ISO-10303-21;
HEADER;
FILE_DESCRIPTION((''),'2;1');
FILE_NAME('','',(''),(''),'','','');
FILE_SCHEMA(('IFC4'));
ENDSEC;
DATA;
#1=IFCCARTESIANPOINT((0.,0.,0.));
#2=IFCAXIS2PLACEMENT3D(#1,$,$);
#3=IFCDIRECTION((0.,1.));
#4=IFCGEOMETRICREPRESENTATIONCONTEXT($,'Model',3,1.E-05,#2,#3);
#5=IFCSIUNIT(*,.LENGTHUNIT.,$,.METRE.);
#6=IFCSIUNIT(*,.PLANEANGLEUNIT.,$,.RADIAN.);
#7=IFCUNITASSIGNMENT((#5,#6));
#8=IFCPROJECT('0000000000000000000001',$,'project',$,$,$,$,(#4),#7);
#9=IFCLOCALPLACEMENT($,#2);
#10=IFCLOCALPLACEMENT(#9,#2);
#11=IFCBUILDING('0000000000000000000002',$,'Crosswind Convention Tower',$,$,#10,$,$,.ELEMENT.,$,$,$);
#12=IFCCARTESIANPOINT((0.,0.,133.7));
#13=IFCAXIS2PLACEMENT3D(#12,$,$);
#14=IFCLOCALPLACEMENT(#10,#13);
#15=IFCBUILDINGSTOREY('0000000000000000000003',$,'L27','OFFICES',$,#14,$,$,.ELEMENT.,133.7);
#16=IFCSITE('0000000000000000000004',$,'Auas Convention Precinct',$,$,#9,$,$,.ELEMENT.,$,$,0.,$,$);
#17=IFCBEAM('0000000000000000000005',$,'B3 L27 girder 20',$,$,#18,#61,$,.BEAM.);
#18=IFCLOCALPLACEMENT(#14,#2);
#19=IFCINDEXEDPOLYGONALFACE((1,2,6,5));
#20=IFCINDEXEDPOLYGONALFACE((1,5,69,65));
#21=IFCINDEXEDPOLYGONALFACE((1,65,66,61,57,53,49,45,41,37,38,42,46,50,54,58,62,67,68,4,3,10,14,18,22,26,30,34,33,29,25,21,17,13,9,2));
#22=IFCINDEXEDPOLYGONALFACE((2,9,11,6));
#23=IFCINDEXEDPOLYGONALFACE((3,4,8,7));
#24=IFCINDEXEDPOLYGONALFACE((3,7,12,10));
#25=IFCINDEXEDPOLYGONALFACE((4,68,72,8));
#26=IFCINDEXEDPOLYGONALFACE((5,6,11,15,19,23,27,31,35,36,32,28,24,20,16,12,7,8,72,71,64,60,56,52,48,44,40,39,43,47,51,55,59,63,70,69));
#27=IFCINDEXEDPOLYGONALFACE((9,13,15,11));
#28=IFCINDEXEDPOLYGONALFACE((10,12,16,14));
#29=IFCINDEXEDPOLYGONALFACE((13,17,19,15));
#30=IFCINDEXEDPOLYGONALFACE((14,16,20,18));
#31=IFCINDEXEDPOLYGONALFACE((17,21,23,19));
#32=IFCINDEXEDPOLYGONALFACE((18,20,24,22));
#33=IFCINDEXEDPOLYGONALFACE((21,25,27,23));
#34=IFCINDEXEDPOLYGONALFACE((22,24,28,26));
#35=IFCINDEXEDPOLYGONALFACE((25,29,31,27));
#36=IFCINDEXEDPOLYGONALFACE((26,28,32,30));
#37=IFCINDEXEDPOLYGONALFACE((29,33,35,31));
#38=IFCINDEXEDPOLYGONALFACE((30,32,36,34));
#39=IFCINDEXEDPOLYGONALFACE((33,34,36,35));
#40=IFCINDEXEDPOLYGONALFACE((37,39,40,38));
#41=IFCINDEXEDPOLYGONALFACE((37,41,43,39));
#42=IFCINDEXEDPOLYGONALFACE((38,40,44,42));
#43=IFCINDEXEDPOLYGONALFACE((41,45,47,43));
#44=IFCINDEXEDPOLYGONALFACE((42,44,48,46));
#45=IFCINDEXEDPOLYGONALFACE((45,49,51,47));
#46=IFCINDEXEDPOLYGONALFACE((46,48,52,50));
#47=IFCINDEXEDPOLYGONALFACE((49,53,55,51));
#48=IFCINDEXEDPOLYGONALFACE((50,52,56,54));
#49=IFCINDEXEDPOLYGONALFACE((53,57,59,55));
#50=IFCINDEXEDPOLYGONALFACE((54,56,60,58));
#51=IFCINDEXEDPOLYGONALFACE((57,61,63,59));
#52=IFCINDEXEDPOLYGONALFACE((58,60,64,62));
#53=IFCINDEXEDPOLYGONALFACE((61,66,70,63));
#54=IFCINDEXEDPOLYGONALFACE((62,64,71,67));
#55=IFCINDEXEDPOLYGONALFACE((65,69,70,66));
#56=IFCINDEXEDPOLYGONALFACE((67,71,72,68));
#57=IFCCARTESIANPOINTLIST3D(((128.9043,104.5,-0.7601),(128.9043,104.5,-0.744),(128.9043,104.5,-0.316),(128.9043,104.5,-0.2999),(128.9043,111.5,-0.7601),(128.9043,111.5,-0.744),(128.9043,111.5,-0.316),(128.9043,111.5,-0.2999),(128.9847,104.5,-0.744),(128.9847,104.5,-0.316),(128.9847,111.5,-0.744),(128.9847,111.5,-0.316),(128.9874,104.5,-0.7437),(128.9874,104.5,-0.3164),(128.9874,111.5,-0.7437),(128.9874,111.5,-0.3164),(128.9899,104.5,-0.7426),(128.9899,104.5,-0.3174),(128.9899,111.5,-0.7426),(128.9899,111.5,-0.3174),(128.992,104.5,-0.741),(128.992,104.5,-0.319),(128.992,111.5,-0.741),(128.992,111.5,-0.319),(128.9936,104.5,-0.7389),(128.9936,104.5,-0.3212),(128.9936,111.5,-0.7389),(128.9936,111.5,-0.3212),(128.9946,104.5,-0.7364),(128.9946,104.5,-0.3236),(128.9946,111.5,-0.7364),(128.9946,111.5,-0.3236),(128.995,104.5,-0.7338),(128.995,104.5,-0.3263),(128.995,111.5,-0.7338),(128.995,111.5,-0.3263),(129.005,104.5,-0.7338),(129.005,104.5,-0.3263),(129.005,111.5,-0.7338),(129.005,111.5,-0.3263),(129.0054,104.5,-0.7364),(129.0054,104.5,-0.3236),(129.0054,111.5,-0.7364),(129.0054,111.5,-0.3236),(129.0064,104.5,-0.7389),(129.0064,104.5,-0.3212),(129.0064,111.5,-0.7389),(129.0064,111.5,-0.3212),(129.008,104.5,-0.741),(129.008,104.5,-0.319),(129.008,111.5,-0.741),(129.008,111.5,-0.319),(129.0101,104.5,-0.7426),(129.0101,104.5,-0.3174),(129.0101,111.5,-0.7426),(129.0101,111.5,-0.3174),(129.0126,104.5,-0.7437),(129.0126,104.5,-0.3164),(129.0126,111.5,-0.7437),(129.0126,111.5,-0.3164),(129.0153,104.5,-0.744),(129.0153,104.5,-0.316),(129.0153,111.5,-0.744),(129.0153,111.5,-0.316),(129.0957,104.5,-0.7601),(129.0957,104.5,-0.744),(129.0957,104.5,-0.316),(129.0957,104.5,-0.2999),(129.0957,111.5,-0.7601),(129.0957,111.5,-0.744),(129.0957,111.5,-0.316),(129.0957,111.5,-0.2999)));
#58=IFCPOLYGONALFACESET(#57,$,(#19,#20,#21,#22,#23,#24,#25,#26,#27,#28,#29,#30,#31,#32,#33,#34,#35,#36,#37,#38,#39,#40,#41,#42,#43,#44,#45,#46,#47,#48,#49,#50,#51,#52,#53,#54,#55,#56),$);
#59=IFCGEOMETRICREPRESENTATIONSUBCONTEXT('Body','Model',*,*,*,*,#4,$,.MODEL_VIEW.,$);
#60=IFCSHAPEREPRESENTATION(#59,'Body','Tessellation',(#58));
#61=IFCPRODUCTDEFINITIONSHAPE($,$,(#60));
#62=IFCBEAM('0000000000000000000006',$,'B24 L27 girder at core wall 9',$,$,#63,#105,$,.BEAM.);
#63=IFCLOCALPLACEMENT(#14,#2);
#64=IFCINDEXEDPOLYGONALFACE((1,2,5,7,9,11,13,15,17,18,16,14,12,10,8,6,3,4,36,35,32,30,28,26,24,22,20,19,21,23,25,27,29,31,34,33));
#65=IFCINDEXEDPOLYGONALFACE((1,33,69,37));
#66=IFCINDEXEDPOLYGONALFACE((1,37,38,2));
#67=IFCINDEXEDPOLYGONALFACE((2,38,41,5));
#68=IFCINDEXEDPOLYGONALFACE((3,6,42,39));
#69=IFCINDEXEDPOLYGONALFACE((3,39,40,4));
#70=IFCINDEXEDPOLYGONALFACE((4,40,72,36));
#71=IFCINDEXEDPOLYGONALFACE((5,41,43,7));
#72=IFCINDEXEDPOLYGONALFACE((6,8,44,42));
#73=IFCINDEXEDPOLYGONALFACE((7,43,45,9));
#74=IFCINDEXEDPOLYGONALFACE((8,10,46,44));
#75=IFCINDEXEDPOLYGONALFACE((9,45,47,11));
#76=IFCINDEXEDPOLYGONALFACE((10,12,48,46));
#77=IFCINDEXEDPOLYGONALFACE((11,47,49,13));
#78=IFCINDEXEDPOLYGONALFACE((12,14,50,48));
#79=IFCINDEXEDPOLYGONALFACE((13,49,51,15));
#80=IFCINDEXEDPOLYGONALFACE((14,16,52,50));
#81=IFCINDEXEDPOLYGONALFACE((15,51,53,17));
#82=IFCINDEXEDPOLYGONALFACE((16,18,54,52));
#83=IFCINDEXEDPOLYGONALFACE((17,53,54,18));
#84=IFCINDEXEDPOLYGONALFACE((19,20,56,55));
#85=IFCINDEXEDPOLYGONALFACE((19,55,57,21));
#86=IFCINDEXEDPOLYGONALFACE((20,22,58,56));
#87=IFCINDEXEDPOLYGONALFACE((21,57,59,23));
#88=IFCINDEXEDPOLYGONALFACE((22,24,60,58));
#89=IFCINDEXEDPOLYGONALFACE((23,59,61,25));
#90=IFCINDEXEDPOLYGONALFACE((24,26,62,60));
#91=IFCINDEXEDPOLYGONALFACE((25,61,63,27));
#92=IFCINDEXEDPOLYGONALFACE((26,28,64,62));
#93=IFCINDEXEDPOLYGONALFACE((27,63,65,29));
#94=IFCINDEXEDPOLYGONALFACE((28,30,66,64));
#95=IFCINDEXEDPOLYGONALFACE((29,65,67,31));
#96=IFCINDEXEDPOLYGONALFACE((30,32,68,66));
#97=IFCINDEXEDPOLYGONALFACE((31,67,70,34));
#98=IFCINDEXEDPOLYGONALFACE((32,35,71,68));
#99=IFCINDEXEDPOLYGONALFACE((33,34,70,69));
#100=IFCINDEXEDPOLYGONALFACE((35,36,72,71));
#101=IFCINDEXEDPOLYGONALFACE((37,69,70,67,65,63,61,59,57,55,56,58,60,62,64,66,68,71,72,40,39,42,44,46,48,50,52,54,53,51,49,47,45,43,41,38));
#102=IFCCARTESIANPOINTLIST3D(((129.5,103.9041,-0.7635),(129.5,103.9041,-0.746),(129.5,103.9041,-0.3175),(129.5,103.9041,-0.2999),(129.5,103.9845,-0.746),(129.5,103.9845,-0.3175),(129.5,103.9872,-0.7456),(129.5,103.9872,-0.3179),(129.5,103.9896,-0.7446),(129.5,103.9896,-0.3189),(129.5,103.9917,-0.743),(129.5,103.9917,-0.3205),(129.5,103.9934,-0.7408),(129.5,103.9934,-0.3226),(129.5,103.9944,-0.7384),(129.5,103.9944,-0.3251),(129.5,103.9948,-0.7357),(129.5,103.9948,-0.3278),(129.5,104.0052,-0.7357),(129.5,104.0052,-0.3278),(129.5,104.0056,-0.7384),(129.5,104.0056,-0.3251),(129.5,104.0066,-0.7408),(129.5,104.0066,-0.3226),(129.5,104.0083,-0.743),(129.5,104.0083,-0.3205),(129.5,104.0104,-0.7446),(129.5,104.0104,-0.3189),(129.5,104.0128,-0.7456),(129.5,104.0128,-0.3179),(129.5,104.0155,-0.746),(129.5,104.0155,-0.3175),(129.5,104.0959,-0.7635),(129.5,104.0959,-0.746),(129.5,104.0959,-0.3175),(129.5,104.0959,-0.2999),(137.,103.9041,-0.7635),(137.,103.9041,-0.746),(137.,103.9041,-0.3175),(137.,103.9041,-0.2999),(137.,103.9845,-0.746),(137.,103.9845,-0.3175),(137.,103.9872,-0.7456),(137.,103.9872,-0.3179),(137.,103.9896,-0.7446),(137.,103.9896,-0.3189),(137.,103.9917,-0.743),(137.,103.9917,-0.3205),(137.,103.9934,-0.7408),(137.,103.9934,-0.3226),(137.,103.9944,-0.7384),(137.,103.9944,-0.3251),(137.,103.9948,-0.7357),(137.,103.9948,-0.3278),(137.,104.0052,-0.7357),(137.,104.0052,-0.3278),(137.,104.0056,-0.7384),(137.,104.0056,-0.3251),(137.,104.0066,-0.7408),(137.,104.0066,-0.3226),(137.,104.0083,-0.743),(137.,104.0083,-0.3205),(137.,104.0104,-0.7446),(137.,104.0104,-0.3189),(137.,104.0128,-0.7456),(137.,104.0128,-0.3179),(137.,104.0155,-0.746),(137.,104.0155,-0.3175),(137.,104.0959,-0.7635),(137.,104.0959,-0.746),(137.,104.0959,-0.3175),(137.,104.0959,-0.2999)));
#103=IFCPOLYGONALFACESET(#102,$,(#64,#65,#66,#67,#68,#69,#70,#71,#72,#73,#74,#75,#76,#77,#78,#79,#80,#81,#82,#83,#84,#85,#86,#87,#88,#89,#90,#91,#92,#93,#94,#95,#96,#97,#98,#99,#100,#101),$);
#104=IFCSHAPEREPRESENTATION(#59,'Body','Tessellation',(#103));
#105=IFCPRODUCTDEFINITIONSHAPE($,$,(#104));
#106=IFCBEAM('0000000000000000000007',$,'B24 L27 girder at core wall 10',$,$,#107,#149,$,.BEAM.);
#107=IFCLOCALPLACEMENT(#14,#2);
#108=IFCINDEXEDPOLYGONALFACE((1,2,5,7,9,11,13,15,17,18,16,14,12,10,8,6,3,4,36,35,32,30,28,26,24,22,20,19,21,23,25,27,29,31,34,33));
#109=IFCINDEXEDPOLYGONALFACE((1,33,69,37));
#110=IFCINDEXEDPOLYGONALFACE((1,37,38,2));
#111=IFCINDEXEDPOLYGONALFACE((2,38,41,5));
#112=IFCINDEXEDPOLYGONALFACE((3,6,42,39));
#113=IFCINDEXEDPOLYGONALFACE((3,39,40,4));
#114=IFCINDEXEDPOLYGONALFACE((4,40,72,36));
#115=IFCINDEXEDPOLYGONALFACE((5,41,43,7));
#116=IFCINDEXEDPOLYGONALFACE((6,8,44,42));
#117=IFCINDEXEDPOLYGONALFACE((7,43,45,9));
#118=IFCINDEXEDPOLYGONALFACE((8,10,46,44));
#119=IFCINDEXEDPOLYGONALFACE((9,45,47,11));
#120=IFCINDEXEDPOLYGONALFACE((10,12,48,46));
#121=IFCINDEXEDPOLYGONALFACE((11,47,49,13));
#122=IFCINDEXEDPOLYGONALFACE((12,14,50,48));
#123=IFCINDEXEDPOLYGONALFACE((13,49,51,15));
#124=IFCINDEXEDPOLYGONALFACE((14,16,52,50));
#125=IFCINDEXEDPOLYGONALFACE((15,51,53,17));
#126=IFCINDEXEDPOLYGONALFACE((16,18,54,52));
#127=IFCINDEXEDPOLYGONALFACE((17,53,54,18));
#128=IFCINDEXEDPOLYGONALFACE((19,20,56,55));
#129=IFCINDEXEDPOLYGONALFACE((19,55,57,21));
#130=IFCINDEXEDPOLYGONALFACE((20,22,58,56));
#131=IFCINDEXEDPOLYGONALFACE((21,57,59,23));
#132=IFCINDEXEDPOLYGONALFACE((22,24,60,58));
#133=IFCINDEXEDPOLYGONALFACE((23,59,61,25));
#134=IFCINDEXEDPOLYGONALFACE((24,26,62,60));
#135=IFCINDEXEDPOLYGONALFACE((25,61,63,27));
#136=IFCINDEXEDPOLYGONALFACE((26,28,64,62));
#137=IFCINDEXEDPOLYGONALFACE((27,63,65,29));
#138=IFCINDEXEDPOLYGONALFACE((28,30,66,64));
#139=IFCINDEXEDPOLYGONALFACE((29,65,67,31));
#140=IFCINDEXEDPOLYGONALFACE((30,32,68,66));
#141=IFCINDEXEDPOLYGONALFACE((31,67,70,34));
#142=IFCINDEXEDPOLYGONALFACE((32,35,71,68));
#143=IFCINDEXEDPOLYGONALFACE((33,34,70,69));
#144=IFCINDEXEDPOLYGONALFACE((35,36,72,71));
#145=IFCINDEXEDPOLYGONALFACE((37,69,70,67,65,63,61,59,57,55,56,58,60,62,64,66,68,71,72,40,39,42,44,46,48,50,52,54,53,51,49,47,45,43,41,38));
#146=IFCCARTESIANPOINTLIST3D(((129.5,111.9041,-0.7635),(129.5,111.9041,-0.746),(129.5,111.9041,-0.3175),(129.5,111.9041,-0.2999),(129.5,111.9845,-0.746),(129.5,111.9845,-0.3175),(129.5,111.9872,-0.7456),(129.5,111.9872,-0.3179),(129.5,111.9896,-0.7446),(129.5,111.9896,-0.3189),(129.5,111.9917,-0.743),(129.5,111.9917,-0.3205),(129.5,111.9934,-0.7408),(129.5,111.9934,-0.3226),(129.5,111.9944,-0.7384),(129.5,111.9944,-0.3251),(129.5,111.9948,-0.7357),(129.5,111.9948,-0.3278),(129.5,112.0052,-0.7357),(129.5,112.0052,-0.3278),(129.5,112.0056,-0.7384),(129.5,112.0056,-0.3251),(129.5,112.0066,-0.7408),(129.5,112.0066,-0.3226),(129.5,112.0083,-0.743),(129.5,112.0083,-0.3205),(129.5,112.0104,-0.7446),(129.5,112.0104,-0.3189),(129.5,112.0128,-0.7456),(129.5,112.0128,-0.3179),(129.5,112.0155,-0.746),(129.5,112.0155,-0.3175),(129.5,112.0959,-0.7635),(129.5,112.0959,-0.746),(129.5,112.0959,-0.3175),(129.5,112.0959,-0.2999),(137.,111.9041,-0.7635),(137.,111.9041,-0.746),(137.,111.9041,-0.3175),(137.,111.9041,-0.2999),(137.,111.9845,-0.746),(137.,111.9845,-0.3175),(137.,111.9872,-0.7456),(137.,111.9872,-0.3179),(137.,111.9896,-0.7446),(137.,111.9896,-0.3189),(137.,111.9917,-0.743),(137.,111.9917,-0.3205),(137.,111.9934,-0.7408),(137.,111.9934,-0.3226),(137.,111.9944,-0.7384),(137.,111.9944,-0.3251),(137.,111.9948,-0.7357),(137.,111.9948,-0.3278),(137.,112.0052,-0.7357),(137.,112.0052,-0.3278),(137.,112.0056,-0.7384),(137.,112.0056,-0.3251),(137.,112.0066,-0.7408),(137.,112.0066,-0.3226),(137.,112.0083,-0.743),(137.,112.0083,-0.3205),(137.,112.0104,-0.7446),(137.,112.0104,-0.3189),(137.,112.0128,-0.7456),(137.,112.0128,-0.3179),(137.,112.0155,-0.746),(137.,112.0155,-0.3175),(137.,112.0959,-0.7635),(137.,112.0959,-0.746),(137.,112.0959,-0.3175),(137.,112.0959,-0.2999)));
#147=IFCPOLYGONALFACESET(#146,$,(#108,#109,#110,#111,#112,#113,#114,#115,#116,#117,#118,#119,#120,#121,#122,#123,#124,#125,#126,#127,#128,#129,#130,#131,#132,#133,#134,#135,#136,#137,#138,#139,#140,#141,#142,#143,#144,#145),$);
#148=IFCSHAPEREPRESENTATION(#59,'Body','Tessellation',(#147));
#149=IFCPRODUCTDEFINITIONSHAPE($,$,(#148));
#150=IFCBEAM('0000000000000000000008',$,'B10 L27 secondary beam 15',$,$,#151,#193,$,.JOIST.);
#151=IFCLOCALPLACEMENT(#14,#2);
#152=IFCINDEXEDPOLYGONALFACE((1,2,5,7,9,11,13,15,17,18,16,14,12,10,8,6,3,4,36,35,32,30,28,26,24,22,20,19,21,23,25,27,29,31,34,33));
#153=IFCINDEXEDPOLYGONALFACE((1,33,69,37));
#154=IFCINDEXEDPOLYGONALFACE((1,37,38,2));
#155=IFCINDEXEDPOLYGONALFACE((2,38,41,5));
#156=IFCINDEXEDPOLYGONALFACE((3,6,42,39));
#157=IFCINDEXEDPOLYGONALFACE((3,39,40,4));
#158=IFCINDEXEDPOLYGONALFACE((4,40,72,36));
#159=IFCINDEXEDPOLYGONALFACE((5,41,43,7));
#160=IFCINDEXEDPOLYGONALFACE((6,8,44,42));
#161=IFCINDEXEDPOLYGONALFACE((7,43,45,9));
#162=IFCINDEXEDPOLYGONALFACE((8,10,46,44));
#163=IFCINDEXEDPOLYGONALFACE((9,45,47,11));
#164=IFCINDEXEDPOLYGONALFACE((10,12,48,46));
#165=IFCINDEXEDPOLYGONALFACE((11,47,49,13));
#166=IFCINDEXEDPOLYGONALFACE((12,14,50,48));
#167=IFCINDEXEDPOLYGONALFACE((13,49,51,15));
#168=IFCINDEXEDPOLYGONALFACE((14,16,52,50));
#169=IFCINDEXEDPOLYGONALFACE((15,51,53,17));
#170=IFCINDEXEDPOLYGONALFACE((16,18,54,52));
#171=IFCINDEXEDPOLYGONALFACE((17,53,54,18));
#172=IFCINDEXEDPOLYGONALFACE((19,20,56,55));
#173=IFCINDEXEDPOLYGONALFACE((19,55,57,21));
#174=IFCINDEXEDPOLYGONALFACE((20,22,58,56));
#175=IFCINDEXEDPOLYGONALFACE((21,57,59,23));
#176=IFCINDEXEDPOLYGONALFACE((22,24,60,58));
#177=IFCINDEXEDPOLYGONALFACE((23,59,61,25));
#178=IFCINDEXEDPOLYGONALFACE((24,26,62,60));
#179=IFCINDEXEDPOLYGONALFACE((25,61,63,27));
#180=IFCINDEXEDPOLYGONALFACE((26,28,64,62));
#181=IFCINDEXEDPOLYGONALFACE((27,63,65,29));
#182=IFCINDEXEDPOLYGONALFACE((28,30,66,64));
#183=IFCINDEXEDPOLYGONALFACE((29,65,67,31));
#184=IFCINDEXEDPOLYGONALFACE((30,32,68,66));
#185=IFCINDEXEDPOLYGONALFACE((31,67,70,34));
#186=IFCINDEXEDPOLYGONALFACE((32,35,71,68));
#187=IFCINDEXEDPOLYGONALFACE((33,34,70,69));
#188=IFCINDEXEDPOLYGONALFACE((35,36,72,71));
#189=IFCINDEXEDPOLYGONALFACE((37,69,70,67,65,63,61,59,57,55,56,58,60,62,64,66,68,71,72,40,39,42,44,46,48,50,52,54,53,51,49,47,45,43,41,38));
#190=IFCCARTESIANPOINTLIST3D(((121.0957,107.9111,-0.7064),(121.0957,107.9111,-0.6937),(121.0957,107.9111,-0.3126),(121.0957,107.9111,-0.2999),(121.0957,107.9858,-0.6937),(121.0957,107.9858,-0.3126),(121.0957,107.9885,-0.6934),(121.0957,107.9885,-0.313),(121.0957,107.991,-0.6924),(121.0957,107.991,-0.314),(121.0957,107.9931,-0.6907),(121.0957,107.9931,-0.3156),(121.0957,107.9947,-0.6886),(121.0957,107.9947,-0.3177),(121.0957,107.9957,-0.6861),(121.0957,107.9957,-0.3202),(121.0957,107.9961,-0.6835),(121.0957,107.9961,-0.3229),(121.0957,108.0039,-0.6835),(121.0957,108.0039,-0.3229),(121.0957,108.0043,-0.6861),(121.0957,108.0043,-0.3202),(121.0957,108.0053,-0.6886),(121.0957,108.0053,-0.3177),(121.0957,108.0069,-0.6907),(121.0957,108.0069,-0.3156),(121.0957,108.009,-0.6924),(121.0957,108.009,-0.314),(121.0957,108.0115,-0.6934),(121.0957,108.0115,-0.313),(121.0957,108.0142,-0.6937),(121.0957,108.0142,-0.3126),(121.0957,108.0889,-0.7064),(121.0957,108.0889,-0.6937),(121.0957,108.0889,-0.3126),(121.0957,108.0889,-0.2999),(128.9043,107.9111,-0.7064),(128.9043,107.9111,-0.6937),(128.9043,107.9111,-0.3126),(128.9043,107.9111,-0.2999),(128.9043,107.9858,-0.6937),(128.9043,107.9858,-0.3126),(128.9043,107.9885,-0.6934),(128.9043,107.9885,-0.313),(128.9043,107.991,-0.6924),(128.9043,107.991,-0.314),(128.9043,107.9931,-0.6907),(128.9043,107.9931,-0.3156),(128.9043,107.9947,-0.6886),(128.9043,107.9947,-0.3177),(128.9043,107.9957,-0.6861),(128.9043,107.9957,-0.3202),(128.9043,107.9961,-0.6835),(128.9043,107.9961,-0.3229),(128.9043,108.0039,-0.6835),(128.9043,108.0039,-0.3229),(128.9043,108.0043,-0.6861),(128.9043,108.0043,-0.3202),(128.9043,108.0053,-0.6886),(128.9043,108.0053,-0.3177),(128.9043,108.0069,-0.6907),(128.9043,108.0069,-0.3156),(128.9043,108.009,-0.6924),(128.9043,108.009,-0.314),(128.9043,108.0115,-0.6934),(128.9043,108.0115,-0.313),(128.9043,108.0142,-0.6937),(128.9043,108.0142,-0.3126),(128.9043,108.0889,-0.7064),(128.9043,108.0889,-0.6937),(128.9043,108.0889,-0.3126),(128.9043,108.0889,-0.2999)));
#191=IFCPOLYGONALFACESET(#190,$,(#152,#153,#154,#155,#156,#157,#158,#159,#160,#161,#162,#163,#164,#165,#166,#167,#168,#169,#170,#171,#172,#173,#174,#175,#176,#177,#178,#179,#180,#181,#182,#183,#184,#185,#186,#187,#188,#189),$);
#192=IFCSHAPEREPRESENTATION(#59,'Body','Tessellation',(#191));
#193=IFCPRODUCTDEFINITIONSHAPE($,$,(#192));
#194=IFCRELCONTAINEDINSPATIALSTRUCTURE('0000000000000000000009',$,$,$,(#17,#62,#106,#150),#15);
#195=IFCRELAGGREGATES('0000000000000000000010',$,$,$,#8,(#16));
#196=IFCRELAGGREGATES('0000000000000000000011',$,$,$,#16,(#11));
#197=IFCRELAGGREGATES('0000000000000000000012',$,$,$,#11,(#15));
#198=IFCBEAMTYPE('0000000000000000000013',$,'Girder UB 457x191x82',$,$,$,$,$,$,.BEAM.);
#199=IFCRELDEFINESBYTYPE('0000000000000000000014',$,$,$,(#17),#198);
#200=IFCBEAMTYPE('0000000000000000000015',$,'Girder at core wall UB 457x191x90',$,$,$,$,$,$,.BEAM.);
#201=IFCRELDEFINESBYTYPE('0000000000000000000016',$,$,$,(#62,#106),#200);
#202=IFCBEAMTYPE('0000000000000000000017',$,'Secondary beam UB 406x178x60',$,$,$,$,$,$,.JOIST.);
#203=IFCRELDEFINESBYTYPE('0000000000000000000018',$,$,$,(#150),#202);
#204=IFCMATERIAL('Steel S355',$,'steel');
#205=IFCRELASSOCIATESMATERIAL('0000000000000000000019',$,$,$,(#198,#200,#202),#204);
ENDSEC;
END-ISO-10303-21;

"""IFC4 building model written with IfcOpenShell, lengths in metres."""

from ifc_helpers import new_model, si_unit, direction, frame, origin, origin_2d, place, context, subcontext, project, spatial, i_section, extrude, material, material_profile, profile_set, type_object, element, save


model = new_model("IFC4")

# Units and contexts
model_context = context("Model", 3, precision=1e-05, world=origin(), true_north=direction((0.0, 1.0)))
body_context = subcontext(model_context, "Body", "Model", "MODEL_VIEW")
ifc_project = project(units=[si_unit("LENGTHUNIT", "METRE"), si_unit("PLANEANGLEUNIT", "RADIAN")], contexts=[model_context])

# Site, building, storey
site_placement = place(None, origin())
site = spatial("IfcSite", under=ifc_project, at=site_placement, Name="Auas Convention Precinct", CompositionType="ELEMENT", RefElevation=0.0)
building_placement = place(site_placement, origin())
building = spatial("IfcBuilding", under=site, at=building_placement, Name="Crosswind Convention Tower", CompositionType="ELEMENT")
storey_placement = place(building_placement, frame((0.0, 0.0, 133.7)))
storey = spatial("IfcBuildingStorey", under=building, at=storey_placement, Name="L27", Description="OFFICES", CompositionType="ELEMENT", Elevation=133.7)

# Beams
ifc_material_1 = material(Name="Steel S355", Category="steel")
ifc_material_profile_1 = material_profile(ifc_material_1, i_section(OverallWidth=0.1914, OverallDepth=0.4602, WebThickness=0.01, FlangeThickness=0.0161, FilletRadius=0.0103, at=origin_2d()), Name="UB 457x191x82")
ifc_profile_set_1 = profile_set([ifc_material_profile_1], Name="Steel S355")
beam_type_1 = type_object("IfcBeamType", Name="Girder UB 457x191x82", PredefinedType="BEAM", material=ifc_profile_set_1)
for number, where, z_axis, x_axis, name in (
    (1, (129.0, 104.5, -0.53), (0.0, 1.0, 0.0), (-1.0, 0.0, 0.0), "B3 L27 girder 20"),
):
    element("IfcBeam", number, at=place(storey_placement, frame(where, z_axis=z_axis, x_axis=x_axis)), inside=storey, type_object=beam_type_1, Name=name, PredefinedType="BEAM", context=body_context, shape_type="SweptSolid", body=[
        extrude(i_section(OverallWidth=0.1914, OverallDepth=0.4602, WebThickness=0.01, FlangeThickness=0.0161, FilletRadius=0.0103, at=origin_2d()), origin(), (0.0, 0.0, 1.0), 7.0),
    ])
ifc_material_profile_2 = material_profile(ifc_material_1, i_section(OverallWidth=0.1919, OverallDepth=0.4636, WebThickness=0.0105, FlangeThickness=0.0176, FilletRadius=0.0103, at=origin_2d()), Name="UB 457x191x90")
ifc_profile_set_2 = profile_set([ifc_material_profile_2], Name="Steel S355")
beam_type_2 = type_object("IfcBeamType", Name="Girder at core wall UB 457x191x90", PredefinedType="BEAM", material=ifc_profile_set_2)
for number, where, z_axis, x_axis, name in (
    (2, (129.5, 104.0, -0.5317), (1.0, 0.0, 0.0), (0.0, 1.0, 0.0), "B24 L27 girder at core wall 9"),
    (3, (129.5, 112.0, -0.5317), (1.0, 0.0, 0.0), (0.0, 1.0, 0.0), "B24 L27 girder at core wall 10"),
):
    element("IfcBeam", number, at=place(storey_placement, frame(where, z_axis=z_axis, x_axis=x_axis)), inside=storey, type_object=beam_type_2, Name=name, PredefinedType="BEAM", context=body_context, shape_type="SweptSolid", body=[
        extrude(i_section(OverallWidth=0.1919, OverallDepth=0.4636, WebThickness=0.0105, FlangeThickness=0.0176, FilletRadius=0.0103, at=origin_2d()), origin(), (0.0, 0.0, 1.0), 7.5),
    ])
ifc_material_profile_3 = material_profile(ifc_material_1, i_section(OverallWidth=0.1777, OverallDepth=0.4065, WebThickness=0.0078, FlangeThickness=0.0127, FilletRadius=0.0103, at=origin_2d()), Name="UB 406x178x60")
ifc_profile_set_3 = profile_set([ifc_material_profile_3], Name="Steel S355")
beam_type_3 = type_object("IfcBeamType", Name="Secondary beam UB 406x178x60", PredefinedType="JOIST", material=ifc_profile_set_3)
beam_1_placement = place(storey_placement, frame((121.0957, 108.0, -0.5032), z_axis=(1.0, 0.0, 0.0), x_axis=(0.0, 1.0, 0.0)))
element("IfcBeam", 4, at=beam_1_placement, inside=storey, type_object=beam_type_3, Name="B10 L27 secondary beam 15", PredefinedType="JOIST", context=body_context, shape_type="SweptSolid", body=[
    extrude(i_section(OverallWidth=0.1777, OverallDepth=0.4065, WebThickness=0.0078, FlangeThickness=0.0127, FilletRadius=0.0103, at=origin_2d()), origin(), (0.0, 0.0, 1.0), 7.8086),
])

save(model, "model.ifc")
